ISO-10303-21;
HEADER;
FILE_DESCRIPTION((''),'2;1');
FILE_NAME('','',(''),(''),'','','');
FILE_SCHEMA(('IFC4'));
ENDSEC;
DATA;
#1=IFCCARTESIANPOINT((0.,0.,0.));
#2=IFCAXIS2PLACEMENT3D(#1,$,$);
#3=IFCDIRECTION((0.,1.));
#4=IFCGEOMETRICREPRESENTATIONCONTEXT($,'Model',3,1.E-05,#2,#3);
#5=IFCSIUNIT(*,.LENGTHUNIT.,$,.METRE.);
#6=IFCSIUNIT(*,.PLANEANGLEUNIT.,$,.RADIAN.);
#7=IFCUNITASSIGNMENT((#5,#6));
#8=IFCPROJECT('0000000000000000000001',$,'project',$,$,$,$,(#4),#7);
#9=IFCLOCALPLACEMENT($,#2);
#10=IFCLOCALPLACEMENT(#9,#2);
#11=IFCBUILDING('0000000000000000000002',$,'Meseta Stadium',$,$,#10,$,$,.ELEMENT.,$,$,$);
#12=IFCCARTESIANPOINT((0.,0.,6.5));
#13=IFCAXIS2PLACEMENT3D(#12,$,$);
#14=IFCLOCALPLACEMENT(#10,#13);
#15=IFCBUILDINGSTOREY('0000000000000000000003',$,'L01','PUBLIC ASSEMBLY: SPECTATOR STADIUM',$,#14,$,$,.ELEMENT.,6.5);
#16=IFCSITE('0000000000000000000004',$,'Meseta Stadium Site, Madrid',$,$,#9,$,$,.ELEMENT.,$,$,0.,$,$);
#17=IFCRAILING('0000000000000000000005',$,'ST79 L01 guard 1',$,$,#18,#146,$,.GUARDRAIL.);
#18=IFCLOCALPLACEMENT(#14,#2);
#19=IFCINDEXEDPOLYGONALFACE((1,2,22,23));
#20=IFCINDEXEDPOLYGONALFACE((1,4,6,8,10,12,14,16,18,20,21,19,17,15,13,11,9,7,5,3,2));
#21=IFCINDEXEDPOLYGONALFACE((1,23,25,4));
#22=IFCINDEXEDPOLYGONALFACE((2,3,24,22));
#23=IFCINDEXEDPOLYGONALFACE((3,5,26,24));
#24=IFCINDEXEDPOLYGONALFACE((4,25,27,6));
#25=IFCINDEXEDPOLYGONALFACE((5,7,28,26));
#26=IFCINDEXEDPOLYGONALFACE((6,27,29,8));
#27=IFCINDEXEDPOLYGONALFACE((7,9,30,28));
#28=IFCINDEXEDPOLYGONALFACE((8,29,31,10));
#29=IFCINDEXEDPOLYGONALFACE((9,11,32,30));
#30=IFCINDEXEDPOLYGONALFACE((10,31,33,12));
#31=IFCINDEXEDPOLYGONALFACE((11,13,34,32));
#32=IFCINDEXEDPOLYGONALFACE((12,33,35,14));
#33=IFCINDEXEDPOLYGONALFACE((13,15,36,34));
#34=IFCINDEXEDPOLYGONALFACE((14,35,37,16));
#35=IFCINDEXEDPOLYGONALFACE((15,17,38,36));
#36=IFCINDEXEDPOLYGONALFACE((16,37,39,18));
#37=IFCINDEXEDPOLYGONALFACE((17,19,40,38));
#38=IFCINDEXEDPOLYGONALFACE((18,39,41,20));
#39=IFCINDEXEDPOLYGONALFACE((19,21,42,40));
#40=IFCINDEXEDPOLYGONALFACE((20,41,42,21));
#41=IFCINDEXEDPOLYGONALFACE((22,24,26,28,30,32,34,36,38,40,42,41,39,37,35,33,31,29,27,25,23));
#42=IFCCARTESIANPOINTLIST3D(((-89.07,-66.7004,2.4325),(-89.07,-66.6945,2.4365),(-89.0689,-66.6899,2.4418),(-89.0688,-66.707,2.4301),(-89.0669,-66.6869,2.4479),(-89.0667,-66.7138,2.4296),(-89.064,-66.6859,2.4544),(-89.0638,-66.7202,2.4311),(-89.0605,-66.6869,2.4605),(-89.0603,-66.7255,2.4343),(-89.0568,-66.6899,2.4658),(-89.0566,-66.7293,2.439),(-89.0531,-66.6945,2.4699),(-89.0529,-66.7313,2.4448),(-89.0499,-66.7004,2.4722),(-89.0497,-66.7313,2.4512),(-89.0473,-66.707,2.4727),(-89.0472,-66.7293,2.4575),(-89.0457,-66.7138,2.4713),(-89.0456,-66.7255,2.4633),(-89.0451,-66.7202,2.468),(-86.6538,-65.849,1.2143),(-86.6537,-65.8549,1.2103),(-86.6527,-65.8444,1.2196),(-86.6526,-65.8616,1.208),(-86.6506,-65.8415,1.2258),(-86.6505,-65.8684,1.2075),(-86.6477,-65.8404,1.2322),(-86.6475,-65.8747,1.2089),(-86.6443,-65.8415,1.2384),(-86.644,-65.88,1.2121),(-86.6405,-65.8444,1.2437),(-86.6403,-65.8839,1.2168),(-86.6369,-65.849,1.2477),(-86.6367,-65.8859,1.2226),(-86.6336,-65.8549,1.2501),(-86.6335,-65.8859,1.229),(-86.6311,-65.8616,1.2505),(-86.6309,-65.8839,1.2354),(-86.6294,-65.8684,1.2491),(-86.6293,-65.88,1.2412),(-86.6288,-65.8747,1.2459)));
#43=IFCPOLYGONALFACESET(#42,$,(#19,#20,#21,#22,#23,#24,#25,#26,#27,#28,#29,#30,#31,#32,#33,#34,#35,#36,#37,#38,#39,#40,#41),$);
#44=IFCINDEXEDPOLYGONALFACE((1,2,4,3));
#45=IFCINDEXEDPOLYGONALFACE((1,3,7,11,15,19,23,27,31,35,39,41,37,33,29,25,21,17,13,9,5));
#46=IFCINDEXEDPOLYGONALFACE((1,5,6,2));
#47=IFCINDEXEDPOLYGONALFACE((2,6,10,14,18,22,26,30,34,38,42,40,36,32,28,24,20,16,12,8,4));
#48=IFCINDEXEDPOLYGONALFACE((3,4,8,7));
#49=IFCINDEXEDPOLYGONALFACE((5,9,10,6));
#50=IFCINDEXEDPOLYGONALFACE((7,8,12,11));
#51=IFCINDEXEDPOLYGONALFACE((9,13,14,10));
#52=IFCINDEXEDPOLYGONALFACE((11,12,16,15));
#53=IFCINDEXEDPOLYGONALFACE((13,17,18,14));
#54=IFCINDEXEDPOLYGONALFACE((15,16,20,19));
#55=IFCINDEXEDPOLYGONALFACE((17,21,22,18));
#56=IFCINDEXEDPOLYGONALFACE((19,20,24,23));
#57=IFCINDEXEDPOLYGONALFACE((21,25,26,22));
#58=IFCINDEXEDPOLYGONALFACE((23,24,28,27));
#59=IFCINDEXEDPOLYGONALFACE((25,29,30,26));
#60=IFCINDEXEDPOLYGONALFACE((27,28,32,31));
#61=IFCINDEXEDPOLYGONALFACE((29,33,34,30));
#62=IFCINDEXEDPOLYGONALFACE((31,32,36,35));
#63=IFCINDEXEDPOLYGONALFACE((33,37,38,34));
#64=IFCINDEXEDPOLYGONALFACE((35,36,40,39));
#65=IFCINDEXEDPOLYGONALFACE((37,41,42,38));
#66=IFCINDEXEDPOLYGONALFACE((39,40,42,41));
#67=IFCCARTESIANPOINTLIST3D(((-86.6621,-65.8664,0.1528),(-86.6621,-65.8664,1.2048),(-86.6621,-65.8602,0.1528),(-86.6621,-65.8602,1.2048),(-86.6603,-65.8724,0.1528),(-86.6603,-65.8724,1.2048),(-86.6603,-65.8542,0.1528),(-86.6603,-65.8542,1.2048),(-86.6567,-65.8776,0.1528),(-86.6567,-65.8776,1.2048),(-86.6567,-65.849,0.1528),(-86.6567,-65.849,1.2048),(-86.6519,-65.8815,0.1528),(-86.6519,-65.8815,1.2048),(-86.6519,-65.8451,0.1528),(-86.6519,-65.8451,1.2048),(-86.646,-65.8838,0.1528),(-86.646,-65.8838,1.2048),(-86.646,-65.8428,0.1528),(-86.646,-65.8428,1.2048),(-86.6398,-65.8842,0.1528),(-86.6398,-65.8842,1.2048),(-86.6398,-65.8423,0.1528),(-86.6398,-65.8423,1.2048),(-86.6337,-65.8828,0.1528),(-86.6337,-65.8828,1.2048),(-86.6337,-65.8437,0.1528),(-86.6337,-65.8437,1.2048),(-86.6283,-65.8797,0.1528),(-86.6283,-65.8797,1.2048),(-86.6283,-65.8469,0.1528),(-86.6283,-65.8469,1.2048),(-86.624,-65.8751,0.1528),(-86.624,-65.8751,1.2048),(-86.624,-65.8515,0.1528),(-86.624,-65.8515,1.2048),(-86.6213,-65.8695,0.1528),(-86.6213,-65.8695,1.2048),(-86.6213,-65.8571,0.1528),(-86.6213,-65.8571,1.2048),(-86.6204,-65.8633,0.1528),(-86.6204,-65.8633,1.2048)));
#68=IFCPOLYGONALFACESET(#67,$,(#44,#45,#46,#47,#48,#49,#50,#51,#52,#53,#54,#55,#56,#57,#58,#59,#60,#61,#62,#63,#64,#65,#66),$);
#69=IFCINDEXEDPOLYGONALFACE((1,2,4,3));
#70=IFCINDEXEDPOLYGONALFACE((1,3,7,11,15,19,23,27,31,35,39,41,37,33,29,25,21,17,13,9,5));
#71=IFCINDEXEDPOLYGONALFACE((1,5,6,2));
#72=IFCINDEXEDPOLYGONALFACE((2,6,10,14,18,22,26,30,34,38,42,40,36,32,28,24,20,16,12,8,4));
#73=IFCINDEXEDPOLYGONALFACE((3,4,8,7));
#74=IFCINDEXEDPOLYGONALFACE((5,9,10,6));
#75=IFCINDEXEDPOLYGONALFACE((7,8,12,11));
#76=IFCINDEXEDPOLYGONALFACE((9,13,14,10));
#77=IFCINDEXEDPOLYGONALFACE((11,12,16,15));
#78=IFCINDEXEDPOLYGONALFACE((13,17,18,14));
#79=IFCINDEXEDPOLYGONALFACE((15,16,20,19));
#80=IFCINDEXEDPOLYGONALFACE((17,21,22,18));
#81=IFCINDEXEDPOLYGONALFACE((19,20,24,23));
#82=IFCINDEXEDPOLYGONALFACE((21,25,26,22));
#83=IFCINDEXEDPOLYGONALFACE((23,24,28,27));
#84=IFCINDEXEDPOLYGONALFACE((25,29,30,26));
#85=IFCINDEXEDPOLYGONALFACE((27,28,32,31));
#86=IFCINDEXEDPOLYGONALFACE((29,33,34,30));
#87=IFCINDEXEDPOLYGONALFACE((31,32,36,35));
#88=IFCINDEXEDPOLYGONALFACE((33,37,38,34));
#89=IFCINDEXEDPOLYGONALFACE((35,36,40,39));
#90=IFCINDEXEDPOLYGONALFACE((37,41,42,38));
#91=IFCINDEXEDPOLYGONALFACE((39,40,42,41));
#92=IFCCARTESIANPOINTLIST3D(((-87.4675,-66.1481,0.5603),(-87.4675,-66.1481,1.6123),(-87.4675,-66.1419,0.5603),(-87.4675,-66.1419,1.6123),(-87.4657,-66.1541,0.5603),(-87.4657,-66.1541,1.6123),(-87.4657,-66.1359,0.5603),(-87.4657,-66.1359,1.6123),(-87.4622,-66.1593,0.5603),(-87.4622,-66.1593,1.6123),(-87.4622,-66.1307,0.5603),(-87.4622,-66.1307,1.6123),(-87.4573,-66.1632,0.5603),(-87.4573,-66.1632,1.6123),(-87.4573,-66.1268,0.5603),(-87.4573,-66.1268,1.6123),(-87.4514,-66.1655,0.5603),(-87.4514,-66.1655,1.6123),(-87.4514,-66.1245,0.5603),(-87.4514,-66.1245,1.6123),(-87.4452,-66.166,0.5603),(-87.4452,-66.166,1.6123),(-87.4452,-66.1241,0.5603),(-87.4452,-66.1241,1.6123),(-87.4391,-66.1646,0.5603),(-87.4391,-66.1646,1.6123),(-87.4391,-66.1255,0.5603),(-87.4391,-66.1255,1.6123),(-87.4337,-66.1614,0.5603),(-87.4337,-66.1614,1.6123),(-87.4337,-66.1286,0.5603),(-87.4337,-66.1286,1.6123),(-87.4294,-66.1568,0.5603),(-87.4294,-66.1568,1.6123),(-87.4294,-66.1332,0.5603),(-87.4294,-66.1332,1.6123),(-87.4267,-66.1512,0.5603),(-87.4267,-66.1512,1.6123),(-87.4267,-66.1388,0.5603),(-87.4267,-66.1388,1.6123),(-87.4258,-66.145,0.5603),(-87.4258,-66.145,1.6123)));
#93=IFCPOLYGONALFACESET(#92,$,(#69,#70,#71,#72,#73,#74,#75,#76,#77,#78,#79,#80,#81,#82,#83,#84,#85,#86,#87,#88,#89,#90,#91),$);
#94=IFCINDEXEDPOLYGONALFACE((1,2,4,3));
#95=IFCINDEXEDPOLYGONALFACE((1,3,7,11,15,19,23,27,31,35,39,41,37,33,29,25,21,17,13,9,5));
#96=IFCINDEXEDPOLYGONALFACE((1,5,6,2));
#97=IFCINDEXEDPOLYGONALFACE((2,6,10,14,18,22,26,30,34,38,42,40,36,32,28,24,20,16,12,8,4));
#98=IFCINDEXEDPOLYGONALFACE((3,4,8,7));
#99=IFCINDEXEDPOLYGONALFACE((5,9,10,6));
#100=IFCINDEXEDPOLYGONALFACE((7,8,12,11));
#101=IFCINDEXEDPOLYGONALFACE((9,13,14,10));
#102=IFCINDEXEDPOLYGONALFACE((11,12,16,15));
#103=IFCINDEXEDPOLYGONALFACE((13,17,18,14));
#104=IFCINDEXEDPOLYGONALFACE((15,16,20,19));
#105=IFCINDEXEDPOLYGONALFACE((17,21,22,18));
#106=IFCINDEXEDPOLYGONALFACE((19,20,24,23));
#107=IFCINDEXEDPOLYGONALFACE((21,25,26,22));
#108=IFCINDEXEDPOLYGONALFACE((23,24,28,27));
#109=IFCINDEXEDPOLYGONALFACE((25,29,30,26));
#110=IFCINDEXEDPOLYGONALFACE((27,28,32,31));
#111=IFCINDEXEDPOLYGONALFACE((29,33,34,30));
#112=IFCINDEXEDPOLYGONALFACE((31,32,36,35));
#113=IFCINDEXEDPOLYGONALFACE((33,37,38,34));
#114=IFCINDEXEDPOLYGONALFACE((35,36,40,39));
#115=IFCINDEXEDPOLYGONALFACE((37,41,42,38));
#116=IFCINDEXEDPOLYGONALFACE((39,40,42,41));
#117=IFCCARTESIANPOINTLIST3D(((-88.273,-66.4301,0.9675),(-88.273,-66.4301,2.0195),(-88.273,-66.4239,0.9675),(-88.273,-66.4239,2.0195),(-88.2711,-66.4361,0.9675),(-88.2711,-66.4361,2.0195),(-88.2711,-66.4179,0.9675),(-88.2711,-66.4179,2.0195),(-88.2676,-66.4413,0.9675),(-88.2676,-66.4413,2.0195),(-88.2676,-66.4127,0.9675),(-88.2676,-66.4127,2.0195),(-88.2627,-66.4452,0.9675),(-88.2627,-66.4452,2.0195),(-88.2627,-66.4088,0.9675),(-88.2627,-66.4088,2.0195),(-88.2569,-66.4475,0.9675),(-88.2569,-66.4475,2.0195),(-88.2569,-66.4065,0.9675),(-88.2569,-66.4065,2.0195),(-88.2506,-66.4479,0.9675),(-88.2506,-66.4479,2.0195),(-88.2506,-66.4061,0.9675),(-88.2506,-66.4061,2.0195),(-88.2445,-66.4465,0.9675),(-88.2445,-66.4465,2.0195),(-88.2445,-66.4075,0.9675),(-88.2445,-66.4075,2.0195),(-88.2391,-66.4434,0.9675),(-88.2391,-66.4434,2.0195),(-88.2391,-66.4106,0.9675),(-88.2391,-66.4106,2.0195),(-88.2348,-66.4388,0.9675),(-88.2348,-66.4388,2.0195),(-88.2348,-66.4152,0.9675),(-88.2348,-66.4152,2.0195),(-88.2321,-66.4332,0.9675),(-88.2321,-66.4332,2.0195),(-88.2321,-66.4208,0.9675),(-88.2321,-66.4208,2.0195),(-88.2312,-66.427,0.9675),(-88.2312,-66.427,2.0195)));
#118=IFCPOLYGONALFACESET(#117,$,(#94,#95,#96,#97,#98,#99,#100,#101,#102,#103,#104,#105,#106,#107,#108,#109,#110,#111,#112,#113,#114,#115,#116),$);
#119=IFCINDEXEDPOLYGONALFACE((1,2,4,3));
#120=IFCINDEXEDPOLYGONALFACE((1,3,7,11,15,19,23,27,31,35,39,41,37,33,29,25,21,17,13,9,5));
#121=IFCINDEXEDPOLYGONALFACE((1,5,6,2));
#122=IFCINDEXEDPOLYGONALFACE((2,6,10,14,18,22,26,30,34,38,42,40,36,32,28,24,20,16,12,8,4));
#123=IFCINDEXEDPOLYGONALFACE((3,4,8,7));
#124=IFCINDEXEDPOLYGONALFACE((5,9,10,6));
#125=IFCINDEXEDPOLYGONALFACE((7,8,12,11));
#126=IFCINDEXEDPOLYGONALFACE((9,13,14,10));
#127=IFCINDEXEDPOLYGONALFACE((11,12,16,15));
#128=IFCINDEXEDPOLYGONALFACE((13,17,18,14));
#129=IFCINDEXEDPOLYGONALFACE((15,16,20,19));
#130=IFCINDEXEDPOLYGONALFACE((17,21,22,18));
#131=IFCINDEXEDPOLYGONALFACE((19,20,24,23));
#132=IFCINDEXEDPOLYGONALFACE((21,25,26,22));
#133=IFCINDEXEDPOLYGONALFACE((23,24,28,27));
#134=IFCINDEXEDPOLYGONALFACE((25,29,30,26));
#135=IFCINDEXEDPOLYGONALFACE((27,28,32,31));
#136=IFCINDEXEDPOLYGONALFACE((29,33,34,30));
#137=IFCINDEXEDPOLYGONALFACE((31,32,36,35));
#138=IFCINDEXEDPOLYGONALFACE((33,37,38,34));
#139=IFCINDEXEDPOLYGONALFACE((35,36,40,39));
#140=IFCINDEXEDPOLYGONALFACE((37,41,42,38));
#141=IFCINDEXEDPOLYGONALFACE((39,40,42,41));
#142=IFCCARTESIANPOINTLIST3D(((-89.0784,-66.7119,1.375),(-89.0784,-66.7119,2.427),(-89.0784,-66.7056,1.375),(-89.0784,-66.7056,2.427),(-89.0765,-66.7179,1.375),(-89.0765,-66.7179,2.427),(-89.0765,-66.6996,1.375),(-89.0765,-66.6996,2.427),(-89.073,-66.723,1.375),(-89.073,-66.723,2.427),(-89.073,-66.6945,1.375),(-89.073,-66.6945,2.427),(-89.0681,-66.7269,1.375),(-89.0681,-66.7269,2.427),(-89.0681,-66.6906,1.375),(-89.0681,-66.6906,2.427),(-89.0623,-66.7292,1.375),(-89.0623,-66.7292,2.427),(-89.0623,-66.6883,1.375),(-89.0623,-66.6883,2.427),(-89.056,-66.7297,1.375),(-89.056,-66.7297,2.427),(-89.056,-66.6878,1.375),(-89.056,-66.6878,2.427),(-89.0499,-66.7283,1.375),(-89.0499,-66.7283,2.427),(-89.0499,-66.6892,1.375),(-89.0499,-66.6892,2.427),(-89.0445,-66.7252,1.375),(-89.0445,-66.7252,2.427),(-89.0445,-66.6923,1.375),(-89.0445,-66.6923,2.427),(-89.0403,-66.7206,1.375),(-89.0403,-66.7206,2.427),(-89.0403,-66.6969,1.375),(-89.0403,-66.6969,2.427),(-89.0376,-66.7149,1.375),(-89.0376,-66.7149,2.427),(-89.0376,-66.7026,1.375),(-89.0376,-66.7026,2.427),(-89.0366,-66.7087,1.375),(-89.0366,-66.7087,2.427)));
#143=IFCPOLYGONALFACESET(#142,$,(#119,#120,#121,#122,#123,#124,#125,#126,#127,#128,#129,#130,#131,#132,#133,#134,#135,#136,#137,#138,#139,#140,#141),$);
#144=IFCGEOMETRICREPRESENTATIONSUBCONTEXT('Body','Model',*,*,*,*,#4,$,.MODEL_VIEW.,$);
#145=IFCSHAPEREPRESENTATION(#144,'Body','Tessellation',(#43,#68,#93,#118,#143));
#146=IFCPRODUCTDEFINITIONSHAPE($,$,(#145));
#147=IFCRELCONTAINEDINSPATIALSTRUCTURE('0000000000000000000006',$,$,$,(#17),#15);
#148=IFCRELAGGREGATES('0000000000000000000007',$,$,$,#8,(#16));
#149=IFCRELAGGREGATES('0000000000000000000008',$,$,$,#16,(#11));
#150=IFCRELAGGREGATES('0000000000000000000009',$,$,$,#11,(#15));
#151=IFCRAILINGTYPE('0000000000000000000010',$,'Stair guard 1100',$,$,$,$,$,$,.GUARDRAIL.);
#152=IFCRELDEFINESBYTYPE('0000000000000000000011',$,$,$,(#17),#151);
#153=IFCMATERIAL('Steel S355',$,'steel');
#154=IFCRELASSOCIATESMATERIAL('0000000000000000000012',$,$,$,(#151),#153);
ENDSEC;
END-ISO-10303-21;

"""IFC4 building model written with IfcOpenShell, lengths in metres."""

from ifc_helpers import new_model, si_unit, direction, frame, origin, origin_2d, place, context, subcontext, project, spatial, circle, extrude, material, type_object, element, save


model = new_model("IFC4")

# Units and contexts
model_context = context("Model", 3, precision=1e-05, world=origin(), true_north=direction((0.0, 1.0)))
body_context = subcontext(model_context, "Body", "Model", "MODEL_VIEW")
ifc_project = project(units=[si_unit("LENGTHUNIT", "METRE"), si_unit("PLANEANGLEUNIT", "RADIAN")], contexts=[model_context])

# Site, building, storey
site_placement = place(None, origin())
site = spatial("IfcSite", under=ifc_project, at=site_placement, Name="Meseta Stadium Site, Madrid", CompositionType="ELEMENT", RefElevation=0.0)
building_placement = place(site_placement, origin())
building = spatial("IfcBuilding", under=site, at=building_placement, Name="Meseta Stadium", CompositionType="ELEMENT")
storey_placement = place(building_placement, frame((0.0, 0.0, 6.5)))
storey = spatial("IfcBuildingStorey", under=building, at=storey_placement, Name="L01", Description="PUBLIC ASSEMBLY: SPECTATOR STADIUM", CompositionType="ELEMENT", Elevation=6.5)

# Railing
ifc_material_1 = material(Name="Steel S355", Category="steel")
railing_type_1 = type_object("IfcRailingType", Name="Stair guard 1100", PredefinedType="GUARDRAIL", material=ifc_material_1)
railing_1_placement = place(storey_placement, frame((-86.6414, -65.8633, 0.1528)))
element("IfcRailing", 1, at=railing_1_placement, inside=storey, type_object=railing_type_1, Name="ST79 L01 guard 1", PredefinedType="GUARDRAIL", context=body_context, shape_type="SweptSolid", body=[
    extrude(circle(Radius=0.0239, at=origin_2d()), frame((0.0, 0.0, 1.0762), z_axis=(-0.851789, -0.298044, 0.430843), x_axis=(0.33027, -0.943887, 0.0)), (0.0, 0.0, 1.0), 2.8367),
    extrude(circle(Radius=0.021, at=origin_2d()), origin(), (0.0, 0.0, 1.0), 1.052),
    extrude(circle(Radius=0.021, at=origin_2d()), frame((-0.8054, -0.2817, 0.4075)), (0.0, 0.0, 1.0), 1.052),
    extrude(circle(Radius=0.021, at=origin_2d()), frame((-1.6108, -0.5637, 0.8147)), (0.0, 0.0, 1.0), 1.052),
    extrude(circle(Radius=0.021, at=origin_2d()), frame((-2.4163, -0.8455, 1.2222)), (0.0, 0.0, 1.0), 1.052),
])

save(model, "model.ifc")
